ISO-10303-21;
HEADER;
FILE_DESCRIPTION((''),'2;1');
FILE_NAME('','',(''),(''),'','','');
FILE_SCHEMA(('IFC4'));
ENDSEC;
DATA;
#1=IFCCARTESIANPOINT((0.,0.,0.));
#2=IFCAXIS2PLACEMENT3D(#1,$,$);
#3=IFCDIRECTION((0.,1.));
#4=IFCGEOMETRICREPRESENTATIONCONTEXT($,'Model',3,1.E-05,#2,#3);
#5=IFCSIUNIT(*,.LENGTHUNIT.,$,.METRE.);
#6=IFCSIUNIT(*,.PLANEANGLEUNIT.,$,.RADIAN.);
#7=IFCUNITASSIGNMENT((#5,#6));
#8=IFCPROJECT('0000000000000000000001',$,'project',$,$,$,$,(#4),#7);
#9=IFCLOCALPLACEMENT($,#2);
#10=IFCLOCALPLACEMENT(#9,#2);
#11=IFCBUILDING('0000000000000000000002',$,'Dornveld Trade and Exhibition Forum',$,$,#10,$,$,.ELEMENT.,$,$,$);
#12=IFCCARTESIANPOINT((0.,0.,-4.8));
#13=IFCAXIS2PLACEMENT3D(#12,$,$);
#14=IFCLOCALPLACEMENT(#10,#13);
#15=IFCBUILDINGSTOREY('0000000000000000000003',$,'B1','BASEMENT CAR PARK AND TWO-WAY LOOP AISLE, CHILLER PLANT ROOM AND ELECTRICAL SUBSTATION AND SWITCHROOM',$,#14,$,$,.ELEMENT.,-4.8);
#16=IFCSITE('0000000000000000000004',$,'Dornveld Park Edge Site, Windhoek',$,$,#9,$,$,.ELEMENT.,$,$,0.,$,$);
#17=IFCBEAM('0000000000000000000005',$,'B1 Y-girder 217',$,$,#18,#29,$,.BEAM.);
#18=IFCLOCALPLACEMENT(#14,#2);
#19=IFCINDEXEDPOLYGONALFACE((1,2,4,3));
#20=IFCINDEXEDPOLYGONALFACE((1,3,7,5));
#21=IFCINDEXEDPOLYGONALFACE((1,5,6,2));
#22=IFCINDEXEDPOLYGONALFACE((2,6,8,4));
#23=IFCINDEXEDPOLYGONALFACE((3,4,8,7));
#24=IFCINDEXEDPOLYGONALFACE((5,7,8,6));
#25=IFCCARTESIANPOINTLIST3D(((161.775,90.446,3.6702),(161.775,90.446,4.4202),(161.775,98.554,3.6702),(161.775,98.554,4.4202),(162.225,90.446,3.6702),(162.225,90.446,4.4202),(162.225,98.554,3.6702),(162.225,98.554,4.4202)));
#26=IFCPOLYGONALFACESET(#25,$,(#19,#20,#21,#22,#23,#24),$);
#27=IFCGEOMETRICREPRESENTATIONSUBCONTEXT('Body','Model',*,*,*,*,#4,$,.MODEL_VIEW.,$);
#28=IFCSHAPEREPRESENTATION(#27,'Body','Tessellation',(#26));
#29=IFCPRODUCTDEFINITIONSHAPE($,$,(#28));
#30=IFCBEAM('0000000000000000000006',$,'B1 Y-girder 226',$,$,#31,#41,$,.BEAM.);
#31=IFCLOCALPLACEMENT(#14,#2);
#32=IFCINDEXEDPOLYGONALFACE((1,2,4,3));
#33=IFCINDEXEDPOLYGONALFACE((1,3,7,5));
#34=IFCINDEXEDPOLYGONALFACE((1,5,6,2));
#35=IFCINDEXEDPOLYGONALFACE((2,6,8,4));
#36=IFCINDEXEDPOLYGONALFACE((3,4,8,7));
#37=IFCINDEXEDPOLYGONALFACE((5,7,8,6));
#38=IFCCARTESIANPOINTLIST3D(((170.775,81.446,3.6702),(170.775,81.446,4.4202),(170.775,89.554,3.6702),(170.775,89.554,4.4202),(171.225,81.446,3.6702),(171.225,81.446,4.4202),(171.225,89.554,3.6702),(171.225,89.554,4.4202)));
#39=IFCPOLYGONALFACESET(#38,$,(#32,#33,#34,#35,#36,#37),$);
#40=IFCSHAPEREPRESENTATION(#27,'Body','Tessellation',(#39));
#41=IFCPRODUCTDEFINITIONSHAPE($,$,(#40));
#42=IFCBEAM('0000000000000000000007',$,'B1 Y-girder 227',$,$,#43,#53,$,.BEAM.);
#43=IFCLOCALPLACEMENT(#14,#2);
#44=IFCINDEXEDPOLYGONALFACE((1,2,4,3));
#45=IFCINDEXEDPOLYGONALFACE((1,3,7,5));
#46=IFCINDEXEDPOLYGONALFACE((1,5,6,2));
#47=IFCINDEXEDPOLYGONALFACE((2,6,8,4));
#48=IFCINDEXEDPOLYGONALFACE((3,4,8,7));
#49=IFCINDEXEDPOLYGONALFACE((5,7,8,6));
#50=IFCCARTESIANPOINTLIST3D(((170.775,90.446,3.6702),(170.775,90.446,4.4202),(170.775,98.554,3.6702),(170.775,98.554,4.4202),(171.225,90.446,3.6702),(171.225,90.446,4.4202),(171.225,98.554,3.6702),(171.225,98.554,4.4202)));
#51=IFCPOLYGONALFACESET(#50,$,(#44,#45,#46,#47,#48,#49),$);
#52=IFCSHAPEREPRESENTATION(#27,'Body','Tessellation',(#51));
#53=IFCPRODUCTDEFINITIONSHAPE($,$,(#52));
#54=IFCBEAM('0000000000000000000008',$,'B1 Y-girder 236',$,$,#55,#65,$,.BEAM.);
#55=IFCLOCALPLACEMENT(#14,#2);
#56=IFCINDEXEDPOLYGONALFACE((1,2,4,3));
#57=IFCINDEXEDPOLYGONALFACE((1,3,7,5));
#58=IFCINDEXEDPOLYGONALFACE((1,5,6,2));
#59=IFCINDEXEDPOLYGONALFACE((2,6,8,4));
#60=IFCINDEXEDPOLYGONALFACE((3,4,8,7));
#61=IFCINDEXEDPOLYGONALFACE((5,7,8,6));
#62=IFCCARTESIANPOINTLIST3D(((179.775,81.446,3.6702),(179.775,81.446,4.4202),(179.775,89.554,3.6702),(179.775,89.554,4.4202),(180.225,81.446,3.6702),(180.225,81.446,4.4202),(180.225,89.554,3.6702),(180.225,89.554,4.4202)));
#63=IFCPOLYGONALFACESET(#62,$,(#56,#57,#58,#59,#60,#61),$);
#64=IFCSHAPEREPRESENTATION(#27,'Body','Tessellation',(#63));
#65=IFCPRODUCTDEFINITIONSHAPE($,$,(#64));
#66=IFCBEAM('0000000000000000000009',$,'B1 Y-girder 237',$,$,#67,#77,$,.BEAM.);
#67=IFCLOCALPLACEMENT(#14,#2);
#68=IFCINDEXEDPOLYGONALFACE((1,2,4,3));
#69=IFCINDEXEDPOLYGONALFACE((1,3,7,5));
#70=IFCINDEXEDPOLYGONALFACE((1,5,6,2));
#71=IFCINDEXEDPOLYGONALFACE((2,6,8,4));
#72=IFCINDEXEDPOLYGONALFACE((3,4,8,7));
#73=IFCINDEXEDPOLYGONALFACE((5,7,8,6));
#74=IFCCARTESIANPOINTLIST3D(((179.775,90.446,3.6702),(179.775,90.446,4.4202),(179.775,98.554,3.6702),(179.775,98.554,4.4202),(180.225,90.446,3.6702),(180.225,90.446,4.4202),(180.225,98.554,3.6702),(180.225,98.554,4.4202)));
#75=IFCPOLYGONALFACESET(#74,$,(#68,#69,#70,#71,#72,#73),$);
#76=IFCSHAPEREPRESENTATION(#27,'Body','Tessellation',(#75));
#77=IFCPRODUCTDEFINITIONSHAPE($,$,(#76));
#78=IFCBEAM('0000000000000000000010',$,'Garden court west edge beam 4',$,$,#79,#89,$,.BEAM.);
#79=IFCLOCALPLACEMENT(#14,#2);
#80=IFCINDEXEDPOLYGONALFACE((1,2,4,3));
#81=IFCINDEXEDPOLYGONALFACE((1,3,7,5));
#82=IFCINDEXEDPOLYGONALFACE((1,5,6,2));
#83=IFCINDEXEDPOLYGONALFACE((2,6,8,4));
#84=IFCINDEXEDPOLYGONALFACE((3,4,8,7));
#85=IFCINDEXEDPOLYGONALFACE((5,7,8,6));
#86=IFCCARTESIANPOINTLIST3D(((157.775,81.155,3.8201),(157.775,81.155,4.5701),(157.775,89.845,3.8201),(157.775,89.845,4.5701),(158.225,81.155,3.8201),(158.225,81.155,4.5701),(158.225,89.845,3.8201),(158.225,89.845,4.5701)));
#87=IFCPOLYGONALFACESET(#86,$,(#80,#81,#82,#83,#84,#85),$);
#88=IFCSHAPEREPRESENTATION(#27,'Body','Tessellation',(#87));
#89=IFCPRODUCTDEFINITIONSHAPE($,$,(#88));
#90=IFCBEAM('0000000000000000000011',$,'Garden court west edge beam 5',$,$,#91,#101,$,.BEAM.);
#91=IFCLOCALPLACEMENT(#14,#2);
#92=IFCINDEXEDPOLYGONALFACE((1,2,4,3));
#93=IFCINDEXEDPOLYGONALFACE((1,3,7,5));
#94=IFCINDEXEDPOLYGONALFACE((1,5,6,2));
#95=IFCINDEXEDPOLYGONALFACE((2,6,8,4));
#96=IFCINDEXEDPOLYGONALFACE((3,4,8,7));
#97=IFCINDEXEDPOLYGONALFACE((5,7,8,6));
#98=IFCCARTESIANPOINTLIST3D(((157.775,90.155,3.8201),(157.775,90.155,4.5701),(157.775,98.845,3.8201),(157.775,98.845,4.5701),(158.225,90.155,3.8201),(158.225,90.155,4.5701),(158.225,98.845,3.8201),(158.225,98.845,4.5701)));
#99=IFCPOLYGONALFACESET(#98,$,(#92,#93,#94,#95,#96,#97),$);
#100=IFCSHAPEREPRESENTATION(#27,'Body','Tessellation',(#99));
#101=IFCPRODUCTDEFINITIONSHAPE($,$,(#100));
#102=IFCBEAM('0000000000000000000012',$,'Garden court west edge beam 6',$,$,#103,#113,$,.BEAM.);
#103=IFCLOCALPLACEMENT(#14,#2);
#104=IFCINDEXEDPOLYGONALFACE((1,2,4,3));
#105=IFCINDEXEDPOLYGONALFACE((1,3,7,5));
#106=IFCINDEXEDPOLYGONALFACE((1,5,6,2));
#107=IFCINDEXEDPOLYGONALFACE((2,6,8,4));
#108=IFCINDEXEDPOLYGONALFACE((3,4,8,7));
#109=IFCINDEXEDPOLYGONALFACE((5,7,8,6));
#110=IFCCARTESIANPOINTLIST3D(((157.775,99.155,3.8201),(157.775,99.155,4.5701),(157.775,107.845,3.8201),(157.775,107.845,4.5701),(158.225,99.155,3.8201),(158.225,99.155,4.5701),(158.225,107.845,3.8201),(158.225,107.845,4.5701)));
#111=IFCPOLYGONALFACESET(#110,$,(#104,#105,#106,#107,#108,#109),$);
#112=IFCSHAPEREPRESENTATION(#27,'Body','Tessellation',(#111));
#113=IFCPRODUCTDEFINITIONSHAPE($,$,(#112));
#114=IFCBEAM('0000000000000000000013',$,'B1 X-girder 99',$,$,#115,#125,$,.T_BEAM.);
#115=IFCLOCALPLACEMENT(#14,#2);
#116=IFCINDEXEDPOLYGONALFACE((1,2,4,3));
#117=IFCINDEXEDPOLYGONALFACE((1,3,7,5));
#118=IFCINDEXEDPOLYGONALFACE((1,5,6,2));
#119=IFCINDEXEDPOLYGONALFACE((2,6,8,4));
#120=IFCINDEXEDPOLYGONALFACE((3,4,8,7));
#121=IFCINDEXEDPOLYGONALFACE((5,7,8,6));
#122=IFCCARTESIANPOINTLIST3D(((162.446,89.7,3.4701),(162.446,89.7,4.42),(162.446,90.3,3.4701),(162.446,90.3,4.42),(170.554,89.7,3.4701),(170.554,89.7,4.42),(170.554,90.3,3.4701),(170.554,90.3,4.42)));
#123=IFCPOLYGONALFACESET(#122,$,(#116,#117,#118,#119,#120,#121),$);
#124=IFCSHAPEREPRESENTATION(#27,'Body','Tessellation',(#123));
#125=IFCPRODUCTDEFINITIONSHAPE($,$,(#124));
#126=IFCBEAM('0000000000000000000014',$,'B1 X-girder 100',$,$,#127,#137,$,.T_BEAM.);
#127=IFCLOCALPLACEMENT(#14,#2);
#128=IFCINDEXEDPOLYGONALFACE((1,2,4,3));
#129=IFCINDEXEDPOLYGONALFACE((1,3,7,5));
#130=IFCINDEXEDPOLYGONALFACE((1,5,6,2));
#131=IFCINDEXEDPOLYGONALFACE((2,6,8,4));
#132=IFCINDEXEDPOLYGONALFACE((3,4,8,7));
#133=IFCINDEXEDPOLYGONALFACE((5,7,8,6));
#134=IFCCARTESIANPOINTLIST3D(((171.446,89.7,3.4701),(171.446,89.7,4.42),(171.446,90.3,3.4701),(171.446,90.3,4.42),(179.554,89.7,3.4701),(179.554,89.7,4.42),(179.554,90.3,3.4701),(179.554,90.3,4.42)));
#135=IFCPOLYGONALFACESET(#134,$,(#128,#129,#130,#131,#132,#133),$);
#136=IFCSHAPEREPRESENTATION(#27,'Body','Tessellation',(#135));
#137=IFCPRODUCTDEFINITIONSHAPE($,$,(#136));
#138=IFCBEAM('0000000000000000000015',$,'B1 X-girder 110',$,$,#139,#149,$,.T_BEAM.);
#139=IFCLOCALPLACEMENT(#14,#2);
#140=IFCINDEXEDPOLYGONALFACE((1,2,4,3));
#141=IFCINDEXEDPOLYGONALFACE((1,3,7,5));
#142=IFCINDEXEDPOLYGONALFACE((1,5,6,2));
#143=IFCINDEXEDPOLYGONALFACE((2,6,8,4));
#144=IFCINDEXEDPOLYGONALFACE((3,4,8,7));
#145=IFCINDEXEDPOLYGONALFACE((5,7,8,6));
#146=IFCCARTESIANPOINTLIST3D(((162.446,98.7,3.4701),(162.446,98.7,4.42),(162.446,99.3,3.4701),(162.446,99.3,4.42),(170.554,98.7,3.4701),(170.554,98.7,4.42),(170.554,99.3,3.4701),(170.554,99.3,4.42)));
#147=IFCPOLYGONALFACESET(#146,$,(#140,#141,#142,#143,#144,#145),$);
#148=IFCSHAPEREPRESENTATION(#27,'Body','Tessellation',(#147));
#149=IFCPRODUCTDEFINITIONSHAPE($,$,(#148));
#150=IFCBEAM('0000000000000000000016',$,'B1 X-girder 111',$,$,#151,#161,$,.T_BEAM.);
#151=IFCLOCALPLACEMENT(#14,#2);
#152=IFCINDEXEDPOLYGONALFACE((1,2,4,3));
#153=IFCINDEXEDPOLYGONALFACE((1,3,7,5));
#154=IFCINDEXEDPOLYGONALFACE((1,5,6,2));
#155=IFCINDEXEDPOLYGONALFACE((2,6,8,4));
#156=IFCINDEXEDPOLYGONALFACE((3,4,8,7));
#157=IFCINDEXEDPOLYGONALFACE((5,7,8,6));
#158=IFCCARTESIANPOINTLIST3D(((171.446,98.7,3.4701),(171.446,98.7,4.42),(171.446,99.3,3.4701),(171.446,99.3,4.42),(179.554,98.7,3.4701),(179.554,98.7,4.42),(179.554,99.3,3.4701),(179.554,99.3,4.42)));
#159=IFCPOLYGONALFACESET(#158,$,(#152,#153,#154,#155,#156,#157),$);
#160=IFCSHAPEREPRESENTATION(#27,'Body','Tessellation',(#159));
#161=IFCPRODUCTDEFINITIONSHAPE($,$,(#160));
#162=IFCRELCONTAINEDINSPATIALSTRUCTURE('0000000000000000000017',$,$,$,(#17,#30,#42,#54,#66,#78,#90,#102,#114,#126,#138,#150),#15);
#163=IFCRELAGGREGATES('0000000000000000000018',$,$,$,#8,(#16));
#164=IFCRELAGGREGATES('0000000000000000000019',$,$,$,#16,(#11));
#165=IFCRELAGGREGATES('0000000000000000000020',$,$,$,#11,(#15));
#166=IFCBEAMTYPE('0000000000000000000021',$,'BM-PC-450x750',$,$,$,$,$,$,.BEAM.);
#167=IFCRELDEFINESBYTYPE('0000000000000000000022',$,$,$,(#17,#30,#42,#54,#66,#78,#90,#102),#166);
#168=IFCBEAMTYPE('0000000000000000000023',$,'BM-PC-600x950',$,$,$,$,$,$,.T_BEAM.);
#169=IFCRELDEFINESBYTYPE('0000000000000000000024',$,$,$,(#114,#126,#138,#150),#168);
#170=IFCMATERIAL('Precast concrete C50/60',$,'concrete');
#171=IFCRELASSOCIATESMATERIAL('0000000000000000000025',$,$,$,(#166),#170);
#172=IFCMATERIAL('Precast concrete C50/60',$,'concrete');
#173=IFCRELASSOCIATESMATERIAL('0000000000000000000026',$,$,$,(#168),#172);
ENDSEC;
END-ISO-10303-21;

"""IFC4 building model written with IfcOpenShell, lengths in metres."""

from ifc_helpers import new_model, si_unit, direction, frame, origin, origin_2d, place, context, subcontext, project, spatial, rectangle, extrude, material, material_profile, profile_set, type_object, element, save


model = new_model("IFC4")

# Units and contexts
model_context = context("Model", 3, precision=1e-05, world=origin(), true_north=direction((0.0, 1.0)))
body_context = subcontext(model_context, "Body", "Model", "MODEL_VIEW")
ifc_project = project(units=[si_unit("LENGTHUNIT", "METRE"), si_unit("PLANEANGLEUNIT", "RADIAN")], contexts=[model_context])

# Site, building, storey
site_placement = place(None, origin())
site = spatial("IfcSite", under=ifc_project, at=site_placement, Name="Dornveld Park Edge Site, Windhoek", CompositionType="ELEMENT", RefElevation=0.0)
building_placement = place(site_placement, origin())
building = spatial("IfcBuilding", under=site, at=building_placement, Name="Dornveld Trade and Exhibition Forum", CompositionType="ELEMENT")
storey_placement = place(building_placement, frame((0.0, 0.0, -4.8)))
storey = spatial("IfcBuildingStorey", under=building, at=storey_placement, Name="B1", Description="BASEMENT CAR PARK AND TWO-WAY LOOP AISLE, CHILLER PLANT ROOM AND ELECTRICAL SUBSTATION AND SWITCHROOM", CompositionType="ELEMENT", Elevation=-4.8)

# Beams
ifc_material_1 = material(Name="Precast concrete C50/60", Category="concrete")
ifc_material_profile_1 = material_profile(ifc_material_1, rectangle(XDim=0.45, YDim=0.75, at=origin_2d()), Name="PC-BM 450x750")
ifc_profile_set_1 = profile_set([ifc_material_profile_1], Name="Precast concrete C50/60")
beam_type_1 = type_object("IfcBeamType", Name="BM-PC-450x750", PredefinedType="BEAM", material=ifc_profile_set_1)
for number, where, z_axis, x_axis, name in (
    (1, (162.0, 90.446, 4.0452), (0.0, 1.0, 0.0), (-1.0, 0.0, 0.0), "B1 Y-girder 217"),
    (2, (171.0, 81.446, 4.0452), (0.0, 1.0, 0.0), (-1.0, 0.0, 0.0), "B1 Y-girder 226"),
    (3, (171.0, 90.446, 4.0452), (0.0, 1.0, 0.0), (-1.0, 0.0, 0.0), "B1 Y-girder 227"),
    (4, (180.0, 81.446, 4.0452), (0.0, 1.0, 0.0), (-1.0, 0.0, 0.0), "B1 Y-girder 236"),
    (5, (180.0, 90.446, 4.0452), (0.0, 1.0, 0.0), (-1.0, 0.0, 0.0), "B1 Y-girder 237"),
):
    element("IfcBeam", number, at=place(storey_placement, frame(where, z_axis=z_axis, x_axis=x_axis)), inside=storey, type_object=beam_type_1, Name=name, PredefinedType="BEAM", context=body_context, shape_type="SweptSolid", body=[
        extrude(rectangle(XDim=0.45, YDim=0.75, at=origin_2d()), origin(), (0.0, 0.0, 1.0), 8.1079),
    ])
for number, where, z_axis, x_axis, name in (
    (6, (158.0, 81.155, 4.1951), (0.0, 1.0, 0.0), (-1.0, 0.0, 0.0), "Garden court west edge beam 4"),
    (7, (158.0, 90.155, 4.1951), (0.0, 1.0, 0.0), (-1.0, 0.0, 0.0), "Garden court west edge beam 5"),
    (8, (158.0, 99.155, 4.1951), (0.0, 1.0, 0.0), (-1.0, 0.0, 0.0), "Garden court west edge beam 6"),
):
    element("IfcBeam", number, at=place(storey_placement, frame(where, z_axis=z_axis, x_axis=x_axis)), inside=storey, type_object=beam_type_1, Name=name, PredefinedType="BEAM", context=body_context, shape_type="SweptSolid", body=[
        extrude(rectangle(XDim=0.45, YDim=0.75, at=origin_2d()), origin(), (0.0, 0.0, 1.0), 8.6899),
    ])
ifc_material_2 = material(Name="Precast concrete C50/60", Category="concrete")
ifc_material_profile_2 = material_profile(ifc_material_2, rectangle(XDim=0.6001, YDim=0.95, at=origin_2d()), Name="PC-GIR 600x950")
ifc_profile_set_2 = profile_set([ifc_material_profile_2], Name="Precast concrete C50/60")
beam_type_2 = type_object("IfcBeamType", Name="BM-PC-600x950", PredefinedType="T_BEAM", material=ifc_profile_set_2)
for number, where, z_axis, x_axis, name in (
    (9, (162.446, 90.0, 3.9451), (1.0, 0.0, 0.0), (0.0, 1.0, 0.0), "B1 X-girder 99"),
    (10, (171.446, 90.0, 3.9451), (1.0, 0.0, 0.0), (0.0, 1.0, 0.0), "B1 X-girder 100"),
    (11, (162.446, 99.0, 3.9451), (1.0, 0.0, 0.0), (0.0, 1.0, 0.0), "B1 X-girder 110"),
    (12, (171.446, 99.0, 3.9451), (1.0, 0.0, 0.0), (0.0, 1.0, 0.0), "B1 X-girder 111"),
):
    element("IfcBeam", number, at=place(storey_placement, frame(where, z_axis=z_axis, x_axis=x_axis)), inside=storey, type_object=beam_type_2, Name=name, PredefinedType="T_BEAM", context=body_context, shape_type="SweptSolid", body=[
        extrude(rectangle(XDim=0.6001, YDim=0.95, at=origin_2d()), origin(), (0.0, 0.0, 1.0), 8.1079),
    ])

save(model, "model.ifc")
